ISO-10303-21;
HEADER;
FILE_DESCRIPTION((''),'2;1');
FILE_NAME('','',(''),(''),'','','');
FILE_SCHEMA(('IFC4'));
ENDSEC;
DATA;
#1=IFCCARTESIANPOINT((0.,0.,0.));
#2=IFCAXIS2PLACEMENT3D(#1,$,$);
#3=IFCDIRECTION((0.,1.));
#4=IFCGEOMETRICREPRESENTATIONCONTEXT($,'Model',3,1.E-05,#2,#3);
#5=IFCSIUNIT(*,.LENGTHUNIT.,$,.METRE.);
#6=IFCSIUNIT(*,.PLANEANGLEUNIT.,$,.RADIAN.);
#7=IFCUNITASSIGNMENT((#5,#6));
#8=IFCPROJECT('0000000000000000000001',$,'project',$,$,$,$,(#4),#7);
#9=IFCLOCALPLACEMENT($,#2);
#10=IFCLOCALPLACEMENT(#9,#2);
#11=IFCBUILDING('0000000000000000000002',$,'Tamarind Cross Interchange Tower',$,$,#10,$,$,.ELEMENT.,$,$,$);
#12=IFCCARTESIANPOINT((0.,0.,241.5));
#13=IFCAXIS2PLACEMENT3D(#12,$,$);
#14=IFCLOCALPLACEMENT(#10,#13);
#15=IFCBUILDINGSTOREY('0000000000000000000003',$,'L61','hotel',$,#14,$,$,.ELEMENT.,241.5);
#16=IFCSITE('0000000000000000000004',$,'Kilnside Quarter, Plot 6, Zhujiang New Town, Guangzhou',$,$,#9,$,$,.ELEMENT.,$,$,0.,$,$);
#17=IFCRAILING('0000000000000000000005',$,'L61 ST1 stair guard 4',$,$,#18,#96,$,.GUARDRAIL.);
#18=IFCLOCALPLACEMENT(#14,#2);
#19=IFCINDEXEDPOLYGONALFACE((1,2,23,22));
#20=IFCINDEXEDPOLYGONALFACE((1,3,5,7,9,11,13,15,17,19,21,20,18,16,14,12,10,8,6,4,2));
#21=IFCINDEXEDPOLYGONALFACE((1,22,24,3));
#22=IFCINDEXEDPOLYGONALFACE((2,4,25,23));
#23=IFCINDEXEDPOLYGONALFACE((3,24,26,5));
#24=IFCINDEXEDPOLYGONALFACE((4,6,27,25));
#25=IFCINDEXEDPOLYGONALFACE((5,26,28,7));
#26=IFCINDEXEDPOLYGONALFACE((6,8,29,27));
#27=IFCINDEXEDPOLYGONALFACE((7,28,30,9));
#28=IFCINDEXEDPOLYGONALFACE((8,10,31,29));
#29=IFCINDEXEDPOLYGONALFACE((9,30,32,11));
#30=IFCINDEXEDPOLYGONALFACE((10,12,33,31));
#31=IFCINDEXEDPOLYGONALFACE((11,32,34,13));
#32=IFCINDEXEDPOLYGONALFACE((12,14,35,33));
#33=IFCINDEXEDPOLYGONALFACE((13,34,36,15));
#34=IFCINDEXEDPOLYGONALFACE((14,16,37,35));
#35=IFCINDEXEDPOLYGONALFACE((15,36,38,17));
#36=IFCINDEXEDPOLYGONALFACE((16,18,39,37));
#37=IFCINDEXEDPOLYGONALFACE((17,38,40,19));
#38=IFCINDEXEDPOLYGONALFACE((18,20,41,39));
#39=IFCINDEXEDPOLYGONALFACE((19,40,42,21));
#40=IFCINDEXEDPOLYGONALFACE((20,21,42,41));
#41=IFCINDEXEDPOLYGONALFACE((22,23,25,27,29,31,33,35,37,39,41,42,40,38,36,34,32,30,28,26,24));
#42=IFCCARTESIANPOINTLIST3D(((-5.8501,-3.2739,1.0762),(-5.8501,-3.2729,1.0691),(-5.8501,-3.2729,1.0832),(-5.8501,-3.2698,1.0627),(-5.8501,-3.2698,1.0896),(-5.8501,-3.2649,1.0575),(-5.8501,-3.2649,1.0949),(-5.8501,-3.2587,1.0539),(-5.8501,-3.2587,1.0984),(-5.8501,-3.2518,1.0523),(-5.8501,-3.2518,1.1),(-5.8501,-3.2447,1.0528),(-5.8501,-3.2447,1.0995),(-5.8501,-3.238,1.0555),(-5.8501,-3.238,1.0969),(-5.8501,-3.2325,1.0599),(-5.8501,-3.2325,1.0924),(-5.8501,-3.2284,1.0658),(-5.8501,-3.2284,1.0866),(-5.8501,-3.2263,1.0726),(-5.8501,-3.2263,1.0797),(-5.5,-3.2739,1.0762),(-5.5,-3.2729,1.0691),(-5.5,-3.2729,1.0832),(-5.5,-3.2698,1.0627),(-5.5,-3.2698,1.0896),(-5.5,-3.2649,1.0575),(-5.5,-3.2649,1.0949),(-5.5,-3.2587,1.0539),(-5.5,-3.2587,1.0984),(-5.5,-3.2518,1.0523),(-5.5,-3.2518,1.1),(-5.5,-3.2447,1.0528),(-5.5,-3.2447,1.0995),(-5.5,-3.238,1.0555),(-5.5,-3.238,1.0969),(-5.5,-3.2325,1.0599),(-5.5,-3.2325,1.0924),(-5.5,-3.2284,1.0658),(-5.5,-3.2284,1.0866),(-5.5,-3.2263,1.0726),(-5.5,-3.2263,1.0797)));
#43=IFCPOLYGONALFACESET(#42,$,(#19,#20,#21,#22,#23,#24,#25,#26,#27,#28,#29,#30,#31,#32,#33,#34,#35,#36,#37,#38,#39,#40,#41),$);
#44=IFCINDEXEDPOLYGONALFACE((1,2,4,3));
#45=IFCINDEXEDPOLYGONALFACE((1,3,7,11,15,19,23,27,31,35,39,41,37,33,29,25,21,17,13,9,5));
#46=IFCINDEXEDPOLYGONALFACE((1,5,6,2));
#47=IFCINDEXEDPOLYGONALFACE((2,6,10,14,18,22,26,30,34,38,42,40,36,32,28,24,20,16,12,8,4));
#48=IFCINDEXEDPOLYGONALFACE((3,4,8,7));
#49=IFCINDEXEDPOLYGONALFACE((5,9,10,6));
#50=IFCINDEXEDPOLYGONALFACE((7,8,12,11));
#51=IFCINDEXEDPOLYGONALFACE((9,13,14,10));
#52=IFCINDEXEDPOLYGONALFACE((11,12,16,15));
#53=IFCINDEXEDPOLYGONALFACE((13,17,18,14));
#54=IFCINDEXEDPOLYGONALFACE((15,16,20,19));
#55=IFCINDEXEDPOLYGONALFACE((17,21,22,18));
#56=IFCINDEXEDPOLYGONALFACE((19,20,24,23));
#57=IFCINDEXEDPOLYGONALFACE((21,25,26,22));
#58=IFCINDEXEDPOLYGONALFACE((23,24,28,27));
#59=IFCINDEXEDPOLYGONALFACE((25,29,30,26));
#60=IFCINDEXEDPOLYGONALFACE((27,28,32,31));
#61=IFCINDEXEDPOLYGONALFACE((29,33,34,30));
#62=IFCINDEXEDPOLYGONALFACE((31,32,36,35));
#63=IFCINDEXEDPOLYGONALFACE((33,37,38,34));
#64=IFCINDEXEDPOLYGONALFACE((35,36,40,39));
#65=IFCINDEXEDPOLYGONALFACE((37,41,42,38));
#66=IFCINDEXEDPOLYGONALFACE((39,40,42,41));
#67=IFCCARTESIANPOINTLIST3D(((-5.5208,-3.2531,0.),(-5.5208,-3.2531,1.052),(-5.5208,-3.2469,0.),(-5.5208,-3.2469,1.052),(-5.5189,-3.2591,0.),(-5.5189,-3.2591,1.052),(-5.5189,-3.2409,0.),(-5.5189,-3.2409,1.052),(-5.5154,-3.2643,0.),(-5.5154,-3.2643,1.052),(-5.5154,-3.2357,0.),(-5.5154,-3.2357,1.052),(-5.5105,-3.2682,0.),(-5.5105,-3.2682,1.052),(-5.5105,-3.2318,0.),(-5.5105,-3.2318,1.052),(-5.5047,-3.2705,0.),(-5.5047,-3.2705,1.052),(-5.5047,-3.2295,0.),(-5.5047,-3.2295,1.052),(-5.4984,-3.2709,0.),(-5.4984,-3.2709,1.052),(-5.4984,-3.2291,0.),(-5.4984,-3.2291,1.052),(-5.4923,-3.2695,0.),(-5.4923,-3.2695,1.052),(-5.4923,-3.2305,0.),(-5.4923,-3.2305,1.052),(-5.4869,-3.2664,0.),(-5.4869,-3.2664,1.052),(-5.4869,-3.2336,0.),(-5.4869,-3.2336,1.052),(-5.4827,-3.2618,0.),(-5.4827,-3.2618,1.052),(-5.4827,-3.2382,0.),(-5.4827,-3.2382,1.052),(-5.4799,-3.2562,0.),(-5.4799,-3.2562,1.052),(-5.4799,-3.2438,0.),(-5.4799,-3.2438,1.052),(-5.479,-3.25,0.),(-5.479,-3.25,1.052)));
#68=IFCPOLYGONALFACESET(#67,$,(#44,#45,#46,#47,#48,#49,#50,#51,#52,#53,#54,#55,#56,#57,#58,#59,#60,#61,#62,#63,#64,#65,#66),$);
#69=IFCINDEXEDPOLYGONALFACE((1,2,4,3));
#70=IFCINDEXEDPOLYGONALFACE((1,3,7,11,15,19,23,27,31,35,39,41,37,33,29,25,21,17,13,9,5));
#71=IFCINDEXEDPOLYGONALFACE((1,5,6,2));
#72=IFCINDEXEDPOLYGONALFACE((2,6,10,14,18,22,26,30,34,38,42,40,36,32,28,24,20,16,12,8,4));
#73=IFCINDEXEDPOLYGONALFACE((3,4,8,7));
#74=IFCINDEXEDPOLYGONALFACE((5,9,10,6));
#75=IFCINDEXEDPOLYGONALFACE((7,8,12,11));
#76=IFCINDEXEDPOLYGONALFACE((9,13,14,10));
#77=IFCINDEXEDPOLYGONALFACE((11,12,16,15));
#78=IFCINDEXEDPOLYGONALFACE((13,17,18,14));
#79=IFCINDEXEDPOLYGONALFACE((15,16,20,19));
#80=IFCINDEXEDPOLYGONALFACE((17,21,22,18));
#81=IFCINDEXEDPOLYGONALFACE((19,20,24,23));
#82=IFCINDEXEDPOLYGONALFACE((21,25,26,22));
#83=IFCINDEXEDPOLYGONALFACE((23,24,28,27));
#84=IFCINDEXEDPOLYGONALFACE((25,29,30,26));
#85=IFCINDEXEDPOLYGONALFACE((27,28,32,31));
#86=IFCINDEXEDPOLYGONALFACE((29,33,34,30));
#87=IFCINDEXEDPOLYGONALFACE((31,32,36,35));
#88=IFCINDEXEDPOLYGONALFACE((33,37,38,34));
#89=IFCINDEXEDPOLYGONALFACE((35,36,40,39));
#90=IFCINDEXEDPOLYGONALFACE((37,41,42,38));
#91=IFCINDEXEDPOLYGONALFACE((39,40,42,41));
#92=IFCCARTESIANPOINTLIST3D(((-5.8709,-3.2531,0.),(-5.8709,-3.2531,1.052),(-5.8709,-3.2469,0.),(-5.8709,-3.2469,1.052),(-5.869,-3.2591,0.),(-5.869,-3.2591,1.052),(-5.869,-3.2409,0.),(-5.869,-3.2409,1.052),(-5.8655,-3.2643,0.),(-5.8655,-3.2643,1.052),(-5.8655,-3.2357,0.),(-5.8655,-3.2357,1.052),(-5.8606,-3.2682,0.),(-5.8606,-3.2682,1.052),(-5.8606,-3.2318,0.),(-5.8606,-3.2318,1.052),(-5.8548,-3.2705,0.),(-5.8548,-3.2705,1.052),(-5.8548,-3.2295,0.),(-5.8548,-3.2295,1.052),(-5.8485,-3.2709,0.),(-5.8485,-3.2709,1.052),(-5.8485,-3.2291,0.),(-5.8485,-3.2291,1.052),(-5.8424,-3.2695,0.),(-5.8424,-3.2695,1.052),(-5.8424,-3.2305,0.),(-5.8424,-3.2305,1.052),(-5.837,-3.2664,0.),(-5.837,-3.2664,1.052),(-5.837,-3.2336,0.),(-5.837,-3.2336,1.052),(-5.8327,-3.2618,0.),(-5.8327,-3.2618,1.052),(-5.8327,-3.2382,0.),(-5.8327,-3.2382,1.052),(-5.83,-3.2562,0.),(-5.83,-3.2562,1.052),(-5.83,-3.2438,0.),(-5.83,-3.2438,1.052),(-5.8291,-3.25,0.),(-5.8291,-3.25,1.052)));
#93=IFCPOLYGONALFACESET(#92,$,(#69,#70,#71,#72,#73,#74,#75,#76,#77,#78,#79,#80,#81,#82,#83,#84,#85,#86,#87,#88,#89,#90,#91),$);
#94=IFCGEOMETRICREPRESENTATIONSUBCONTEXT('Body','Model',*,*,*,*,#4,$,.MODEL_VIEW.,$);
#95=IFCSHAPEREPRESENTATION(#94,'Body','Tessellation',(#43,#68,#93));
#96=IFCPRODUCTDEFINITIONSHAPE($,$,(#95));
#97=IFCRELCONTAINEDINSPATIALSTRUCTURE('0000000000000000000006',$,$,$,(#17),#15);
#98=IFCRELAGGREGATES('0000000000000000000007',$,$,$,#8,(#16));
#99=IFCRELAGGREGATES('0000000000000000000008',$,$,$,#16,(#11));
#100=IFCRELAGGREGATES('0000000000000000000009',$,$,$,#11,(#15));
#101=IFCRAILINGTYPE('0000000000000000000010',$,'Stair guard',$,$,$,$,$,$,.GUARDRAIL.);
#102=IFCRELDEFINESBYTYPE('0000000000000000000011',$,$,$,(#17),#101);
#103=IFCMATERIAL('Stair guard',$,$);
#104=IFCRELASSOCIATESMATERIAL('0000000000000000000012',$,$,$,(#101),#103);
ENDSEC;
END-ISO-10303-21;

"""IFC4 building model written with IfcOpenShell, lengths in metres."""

from ifc_helpers import new_model, si_unit, direction, frame, origin, origin_2d, place, context, subcontext, project, spatial, circle, extrude, material, type_object, element, save


model = new_model("IFC4")

# Units and contexts
model_context = context("Model", 3, precision=1e-05, world=origin(), true_north=direction((0.0, 1.0)))
body_context = subcontext(model_context, "Body", "Model", "MODEL_VIEW")
ifc_project = project(units=[si_unit("LENGTHUNIT", "METRE"), si_unit("PLANEANGLEUNIT", "RADIAN")], contexts=[model_context])

# Site, building, storey
site_placement = place(None, origin())
site = spatial("IfcSite", under=ifc_project, at=site_placement, Name="Kilnside Quarter, Plot 6, Zhujiang New Town, Guangzhou", CompositionType="ELEMENT", RefElevation=0.0)
building_placement = place(site_placement, origin())
building = spatial("IfcBuilding", under=site, at=building_placement, Name="Tamarind Cross Interchange Tower", CompositionType="ELEMENT")
storey_placement = place(building_placement, frame((0.0, 0.0, 241.5)))
storey = spatial("IfcBuildingStorey", under=building, at=storey_placement, Name="L61", Description="hotel", CompositionType="ELEMENT", Elevation=241.5)

# Railing
ifc_material_1 = material(Name="Stair guard")
railing_type_1 = type_object("IfcRailingType", Name="Stair guard", PredefinedType="GUARDRAIL", material=ifc_material_1)
railing_1_placement = place(storey_placement, frame((-5.5, -3.25, 0.0)))
element("IfcRailing", 1, at=railing_1_placement, inside=storey, type_object=railing_type_1, Name="L61 ST1 stair guard 4", PredefinedType="GUARDRAIL", context=body_context, shape_type="SweptSolid", body=[
    extrude(circle(Radius=0.0239, at=origin_2d()), frame((0.0, 0.0, 1.0762), z_axis=(-1.0, 0.0, 0.0), x_axis=(0.0, -1.0, 0.0)), (0.0, 0.0, 1.0), 0.3501),
    extrude(circle(Radius=0.021, at=origin_2d()), origin(), (0.0, 0.0, 1.0), 1.052),
    extrude(circle(Radius=0.021, at=origin_2d()), frame((-0.3501, 0.0, 0.0)), (0.0, 0.0, 1.0), 1.052),
])

save(model, "model.ifc")
